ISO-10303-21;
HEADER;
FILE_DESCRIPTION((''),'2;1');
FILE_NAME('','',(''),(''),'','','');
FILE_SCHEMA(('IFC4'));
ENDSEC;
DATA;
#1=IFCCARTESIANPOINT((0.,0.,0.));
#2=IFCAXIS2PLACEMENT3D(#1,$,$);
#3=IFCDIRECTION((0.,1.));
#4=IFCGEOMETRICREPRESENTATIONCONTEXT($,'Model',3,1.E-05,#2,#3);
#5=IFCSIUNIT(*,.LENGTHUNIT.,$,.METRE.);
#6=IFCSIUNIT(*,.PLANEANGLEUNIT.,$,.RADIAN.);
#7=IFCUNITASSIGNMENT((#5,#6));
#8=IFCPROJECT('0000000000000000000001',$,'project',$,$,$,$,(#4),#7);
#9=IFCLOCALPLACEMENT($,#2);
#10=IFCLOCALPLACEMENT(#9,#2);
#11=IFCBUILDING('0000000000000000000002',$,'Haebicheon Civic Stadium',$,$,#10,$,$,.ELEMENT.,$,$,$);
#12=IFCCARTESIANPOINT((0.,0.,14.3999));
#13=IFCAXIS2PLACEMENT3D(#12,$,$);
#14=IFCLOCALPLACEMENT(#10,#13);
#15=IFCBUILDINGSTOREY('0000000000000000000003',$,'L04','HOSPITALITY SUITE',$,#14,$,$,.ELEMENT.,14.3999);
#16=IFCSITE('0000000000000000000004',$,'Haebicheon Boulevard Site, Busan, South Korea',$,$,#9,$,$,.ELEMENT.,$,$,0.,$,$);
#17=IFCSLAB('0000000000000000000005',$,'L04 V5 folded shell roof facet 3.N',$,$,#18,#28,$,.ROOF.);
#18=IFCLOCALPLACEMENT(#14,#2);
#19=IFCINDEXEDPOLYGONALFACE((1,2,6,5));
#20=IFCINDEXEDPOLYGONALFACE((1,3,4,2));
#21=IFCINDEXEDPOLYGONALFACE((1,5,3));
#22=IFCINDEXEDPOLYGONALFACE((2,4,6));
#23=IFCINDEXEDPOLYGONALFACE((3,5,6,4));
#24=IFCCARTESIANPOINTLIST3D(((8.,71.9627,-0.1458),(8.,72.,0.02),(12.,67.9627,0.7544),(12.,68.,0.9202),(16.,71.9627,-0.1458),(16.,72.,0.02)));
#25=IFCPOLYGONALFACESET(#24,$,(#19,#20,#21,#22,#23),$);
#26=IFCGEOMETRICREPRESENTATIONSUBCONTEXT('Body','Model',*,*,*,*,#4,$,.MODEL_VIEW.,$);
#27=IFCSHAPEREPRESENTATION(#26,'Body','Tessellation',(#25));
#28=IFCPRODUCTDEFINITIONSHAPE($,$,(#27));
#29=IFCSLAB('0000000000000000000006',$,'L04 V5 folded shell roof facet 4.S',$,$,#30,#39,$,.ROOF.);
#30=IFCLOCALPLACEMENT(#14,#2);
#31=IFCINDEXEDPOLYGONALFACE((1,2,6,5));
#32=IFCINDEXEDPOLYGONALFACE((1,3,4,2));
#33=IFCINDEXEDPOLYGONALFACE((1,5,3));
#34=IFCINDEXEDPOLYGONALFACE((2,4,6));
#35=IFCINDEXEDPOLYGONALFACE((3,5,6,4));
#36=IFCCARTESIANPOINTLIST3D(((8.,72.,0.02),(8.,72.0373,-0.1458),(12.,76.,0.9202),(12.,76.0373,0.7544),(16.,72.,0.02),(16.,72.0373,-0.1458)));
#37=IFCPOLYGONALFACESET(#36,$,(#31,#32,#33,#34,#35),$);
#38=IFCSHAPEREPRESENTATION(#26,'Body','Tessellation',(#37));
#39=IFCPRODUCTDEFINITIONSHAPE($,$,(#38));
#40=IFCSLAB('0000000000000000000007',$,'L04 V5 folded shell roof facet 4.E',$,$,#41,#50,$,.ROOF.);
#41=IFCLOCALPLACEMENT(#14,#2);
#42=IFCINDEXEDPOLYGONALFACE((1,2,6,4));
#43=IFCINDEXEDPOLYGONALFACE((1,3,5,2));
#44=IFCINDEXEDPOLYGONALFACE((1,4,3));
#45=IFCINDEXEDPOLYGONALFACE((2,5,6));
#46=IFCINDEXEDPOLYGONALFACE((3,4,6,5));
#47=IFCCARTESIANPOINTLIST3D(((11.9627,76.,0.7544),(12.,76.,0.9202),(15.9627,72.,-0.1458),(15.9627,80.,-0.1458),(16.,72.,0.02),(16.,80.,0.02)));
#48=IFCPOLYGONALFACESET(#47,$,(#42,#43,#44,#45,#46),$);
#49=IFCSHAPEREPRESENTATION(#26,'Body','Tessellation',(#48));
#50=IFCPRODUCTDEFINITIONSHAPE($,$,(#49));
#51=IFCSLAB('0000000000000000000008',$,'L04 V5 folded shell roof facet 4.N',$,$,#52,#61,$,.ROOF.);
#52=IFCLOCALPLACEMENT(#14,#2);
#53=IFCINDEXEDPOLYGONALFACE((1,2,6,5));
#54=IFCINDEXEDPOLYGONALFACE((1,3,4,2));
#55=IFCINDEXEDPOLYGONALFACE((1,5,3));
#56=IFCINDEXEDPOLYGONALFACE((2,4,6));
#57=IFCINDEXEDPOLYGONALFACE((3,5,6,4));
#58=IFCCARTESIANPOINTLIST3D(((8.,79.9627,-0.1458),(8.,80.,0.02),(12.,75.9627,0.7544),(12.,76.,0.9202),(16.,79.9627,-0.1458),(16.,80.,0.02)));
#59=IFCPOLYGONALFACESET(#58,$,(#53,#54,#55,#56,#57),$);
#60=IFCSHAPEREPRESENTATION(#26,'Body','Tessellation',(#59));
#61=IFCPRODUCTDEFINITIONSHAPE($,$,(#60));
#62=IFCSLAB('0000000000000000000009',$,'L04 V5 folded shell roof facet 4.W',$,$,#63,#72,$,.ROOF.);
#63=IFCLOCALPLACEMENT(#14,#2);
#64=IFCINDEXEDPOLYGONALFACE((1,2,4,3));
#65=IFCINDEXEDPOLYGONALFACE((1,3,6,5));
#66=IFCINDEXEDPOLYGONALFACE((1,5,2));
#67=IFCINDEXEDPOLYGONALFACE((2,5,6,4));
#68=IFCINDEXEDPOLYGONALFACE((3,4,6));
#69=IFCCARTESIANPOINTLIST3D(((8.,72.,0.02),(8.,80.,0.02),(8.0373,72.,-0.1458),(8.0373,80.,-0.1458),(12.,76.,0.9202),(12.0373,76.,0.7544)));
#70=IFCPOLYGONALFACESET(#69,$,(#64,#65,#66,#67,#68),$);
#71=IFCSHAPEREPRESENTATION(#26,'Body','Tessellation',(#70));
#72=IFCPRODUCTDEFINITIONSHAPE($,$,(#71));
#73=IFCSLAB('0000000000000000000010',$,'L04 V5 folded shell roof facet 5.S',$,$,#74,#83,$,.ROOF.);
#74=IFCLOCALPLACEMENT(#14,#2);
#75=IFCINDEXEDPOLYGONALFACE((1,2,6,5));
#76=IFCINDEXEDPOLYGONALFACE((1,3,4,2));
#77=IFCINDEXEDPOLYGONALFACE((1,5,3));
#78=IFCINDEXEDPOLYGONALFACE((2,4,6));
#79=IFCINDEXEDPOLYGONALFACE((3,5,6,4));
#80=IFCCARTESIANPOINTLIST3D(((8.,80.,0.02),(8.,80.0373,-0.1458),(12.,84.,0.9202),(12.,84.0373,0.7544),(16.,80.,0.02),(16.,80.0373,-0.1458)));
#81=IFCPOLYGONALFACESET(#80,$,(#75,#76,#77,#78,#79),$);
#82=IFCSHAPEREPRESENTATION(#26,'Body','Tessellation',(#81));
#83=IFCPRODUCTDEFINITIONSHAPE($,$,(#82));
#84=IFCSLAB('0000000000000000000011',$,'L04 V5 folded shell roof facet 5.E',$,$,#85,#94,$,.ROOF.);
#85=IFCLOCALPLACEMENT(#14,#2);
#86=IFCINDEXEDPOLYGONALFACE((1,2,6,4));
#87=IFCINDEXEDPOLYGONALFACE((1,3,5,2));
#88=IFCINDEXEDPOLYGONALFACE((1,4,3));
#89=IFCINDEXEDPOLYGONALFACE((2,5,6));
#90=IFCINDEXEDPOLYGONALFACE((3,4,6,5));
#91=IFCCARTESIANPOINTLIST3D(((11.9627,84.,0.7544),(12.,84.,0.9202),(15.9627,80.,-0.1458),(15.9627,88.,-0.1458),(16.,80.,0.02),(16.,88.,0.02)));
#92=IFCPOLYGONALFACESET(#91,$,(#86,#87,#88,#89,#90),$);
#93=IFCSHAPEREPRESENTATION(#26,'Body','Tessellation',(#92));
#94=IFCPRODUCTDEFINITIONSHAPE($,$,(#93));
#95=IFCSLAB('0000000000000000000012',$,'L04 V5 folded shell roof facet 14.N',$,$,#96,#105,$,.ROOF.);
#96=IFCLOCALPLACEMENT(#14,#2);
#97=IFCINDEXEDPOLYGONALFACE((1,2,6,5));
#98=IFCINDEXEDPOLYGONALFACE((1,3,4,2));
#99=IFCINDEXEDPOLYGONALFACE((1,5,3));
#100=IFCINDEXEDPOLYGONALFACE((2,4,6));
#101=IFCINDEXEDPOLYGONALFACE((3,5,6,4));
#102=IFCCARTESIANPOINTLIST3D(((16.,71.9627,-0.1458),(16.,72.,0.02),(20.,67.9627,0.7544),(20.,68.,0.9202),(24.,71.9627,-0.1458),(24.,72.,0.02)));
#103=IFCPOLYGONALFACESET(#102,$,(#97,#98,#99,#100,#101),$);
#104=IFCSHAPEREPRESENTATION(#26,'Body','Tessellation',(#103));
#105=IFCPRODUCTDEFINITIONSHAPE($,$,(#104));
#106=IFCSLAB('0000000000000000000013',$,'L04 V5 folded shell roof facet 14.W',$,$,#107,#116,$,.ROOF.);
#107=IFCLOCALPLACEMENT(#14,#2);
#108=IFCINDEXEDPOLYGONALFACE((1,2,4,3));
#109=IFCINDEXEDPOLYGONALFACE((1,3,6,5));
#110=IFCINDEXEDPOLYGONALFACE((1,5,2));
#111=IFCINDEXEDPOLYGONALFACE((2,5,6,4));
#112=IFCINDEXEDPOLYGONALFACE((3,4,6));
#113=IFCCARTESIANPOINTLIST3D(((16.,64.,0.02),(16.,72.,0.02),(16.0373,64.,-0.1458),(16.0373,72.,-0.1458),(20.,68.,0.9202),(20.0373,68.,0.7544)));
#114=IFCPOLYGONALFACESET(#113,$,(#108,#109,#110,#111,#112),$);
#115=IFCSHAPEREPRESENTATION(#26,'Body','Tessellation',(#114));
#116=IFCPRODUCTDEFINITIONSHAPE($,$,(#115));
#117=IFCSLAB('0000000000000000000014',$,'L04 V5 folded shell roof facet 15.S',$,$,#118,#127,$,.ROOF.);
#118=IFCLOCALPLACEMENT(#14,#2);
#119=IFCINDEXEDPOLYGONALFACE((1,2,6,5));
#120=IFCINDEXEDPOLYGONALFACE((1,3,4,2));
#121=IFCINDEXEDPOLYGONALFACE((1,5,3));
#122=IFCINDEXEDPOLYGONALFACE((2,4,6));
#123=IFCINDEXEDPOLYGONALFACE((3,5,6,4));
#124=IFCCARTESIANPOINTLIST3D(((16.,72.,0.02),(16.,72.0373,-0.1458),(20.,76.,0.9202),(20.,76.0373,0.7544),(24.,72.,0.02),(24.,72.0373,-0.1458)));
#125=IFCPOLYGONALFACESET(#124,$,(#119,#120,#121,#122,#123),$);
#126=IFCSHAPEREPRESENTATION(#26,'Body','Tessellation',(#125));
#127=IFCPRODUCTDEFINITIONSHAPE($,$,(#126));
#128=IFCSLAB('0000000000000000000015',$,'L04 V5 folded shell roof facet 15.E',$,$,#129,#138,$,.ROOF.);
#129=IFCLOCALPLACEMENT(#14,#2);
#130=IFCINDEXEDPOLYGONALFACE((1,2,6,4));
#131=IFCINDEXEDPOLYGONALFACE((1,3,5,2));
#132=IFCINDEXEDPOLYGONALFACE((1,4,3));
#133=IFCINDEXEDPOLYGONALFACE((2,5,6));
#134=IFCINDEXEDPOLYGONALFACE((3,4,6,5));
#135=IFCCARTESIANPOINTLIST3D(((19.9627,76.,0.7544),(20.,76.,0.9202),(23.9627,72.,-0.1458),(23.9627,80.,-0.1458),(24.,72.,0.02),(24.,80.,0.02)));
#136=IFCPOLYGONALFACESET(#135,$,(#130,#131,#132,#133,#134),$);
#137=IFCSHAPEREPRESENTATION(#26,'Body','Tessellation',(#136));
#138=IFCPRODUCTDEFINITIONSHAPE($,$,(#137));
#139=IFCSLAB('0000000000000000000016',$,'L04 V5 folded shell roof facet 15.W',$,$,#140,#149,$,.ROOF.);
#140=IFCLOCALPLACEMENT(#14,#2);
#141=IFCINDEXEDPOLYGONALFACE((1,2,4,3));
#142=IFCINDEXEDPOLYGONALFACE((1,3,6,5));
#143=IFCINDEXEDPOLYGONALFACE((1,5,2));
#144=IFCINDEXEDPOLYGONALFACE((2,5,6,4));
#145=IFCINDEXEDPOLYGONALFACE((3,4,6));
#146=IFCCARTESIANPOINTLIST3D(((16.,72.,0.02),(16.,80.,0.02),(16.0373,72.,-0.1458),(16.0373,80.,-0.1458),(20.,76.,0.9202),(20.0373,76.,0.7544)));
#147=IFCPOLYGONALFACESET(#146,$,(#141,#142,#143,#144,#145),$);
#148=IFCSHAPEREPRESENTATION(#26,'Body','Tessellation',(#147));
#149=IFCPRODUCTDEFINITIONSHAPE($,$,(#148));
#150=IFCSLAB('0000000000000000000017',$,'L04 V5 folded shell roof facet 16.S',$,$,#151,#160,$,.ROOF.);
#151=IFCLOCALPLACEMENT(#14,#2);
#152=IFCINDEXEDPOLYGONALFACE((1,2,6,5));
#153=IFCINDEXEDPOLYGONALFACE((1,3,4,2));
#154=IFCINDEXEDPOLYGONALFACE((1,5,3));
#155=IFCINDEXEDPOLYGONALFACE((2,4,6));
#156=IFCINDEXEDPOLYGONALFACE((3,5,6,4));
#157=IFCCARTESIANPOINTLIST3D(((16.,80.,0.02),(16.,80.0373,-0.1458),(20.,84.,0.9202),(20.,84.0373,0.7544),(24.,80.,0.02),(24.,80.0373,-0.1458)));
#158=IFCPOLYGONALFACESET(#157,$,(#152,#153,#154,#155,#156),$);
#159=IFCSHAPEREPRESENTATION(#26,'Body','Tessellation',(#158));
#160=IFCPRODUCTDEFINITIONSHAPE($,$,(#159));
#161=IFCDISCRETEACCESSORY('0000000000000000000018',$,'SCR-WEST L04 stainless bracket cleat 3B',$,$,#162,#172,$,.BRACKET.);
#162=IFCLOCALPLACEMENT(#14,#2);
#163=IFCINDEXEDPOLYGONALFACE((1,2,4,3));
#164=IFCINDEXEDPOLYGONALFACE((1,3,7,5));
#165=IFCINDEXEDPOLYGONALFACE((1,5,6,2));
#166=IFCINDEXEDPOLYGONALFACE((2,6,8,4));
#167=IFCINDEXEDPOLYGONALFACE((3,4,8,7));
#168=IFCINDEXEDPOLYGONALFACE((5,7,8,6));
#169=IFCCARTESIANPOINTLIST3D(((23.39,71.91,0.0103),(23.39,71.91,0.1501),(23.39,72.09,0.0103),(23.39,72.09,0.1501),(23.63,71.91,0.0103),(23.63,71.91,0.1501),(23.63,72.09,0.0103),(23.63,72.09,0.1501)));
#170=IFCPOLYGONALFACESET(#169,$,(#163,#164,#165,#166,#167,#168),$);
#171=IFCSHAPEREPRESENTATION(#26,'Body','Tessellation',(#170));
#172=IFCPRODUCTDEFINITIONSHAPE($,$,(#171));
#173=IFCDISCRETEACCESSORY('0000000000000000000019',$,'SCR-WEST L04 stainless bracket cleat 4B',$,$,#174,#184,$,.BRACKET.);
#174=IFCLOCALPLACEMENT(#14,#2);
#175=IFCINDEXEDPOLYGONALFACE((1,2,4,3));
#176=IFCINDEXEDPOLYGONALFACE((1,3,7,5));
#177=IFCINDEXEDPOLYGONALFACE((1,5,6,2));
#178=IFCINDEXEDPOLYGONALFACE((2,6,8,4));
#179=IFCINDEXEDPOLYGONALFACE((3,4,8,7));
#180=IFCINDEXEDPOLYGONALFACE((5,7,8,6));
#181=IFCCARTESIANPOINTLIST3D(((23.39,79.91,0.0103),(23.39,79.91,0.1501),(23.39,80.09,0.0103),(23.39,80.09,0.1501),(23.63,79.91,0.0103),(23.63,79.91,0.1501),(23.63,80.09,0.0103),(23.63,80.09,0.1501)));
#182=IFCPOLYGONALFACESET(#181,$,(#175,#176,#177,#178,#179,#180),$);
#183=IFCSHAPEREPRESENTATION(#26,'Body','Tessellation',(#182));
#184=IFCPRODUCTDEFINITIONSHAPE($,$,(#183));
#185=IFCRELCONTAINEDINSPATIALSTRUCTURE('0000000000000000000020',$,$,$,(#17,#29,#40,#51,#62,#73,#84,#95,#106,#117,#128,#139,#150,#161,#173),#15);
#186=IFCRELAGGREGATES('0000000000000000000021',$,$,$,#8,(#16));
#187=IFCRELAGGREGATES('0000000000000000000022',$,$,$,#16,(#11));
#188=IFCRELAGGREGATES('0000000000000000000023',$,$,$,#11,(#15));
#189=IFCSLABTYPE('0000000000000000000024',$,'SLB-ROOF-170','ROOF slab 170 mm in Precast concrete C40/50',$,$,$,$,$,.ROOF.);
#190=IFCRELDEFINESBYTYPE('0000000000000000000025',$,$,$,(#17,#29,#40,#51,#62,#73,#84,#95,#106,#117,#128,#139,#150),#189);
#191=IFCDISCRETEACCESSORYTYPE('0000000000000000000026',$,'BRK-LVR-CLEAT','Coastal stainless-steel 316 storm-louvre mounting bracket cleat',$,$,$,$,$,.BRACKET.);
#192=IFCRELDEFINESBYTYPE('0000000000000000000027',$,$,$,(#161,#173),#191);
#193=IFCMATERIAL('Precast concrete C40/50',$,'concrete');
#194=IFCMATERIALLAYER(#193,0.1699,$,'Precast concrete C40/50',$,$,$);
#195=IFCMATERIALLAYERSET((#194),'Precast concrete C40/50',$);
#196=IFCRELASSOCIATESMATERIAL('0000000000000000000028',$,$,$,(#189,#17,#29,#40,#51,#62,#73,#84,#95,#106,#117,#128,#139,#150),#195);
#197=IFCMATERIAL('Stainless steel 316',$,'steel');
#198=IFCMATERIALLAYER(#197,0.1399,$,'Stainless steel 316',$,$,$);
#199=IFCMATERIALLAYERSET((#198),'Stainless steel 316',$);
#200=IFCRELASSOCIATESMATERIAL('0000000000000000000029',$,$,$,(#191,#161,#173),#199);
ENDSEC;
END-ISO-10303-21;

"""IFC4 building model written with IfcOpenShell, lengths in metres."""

from ifc_helpers import new_model, si_unit, direction, frame, origin, origin_2d, place, context, subcontext, project, spatial, polyline, rectangle, outline, extrude, material, layer, layer_set, type_object, element, save


model = new_model("IFC4")

# Units and contexts
model_context = context("Model", 3, precision=1e-05, world=origin(), true_north=direction((0.0, 1.0)))
body_context = subcontext(model_context, "Body", "Model", "MODEL_VIEW")
ifc_project = project(units=[si_unit("LENGTHUNIT", "METRE"), si_unit("PLANEANGLEUNIT", "RADIAN")], contexts=[model_context])

# Site, building, storey
site_placement = place(None, origin())
site = spatial("IfcSite", under=ifc_project, at=site_placement, Name="Haebicheon Boulevard Site, Busan, South Korea", CompositionType="ELEMENT", RefElevation=0.0)
building_placement = place(site_placement, origin())
building = spatial("IfcBuilding", under=site, at=building_placement, Name="Haebicheon Civic Stadium", CompositionType="ELEMENT")
storey_placement = place(building_placement, frame((0.0, 0.0, 14.3999)))
storey = spatial("IfcBuildingStorey", under=building, at=storey_placement, Name="L04", Description="HOSPITALITY SUITE", CompositionType="ELEMENT", Elevation=14.3999)

# Slabs
ifc_material_1 = material(Name="Precast concrete C40/50", Category="concrete")
ifc_layer_1 = layer(ifc_material_1, 0.1699, Name="Precast concrete C40/50")
ifc_layer_set_1 = layer_set([ifc_layer_1], Name="Precast concrete C40/50")
slab_type = type_object("IfcSlabType", Name="SLB-ROOF-170", Description="ROOF slab 170 mm in Precast concrete C40/50", PredefinedType="ROOF", material=ifc_layer_set_1)
for number, where, z_axis, x_axis, name in (
    (1, (16.0, 72.0, 0.02), (0.0, 0.219546, 0.975602), (-1.0, 0.0, 0.0), "L04 V5 folded shell roof facet 3.N"),
    (2, (8.0, 72.0, 0.02), (0.0, -0.219546, 0.975602), (1.0, 0.0, 0.0), "L04 V5 folded shell roof facet 4.S"),
    (3, (16.0, 72.0, 0.02), (0.219546, 0.0, 0.975602), (0.0, 1.0, 0.0), "L04 V5 folded shell roof facet 4.E"),
    (4, (16.0, 80.0, 0.02), (0.0, 0.219546, 0.975602), (-1.0, 0.0, 0.0), "L04 V5 folded shell roof facet 4.N"),
    (5, (8.0, 80.0, 0.02), (-0.219546, 0.0, 0.975602), (0.0, -1.0, 0.0), "L04 V5 folded shell roof facet 4.W"),
    (6, (8.0, 80.0, 0.02), (0.0, -0.219546, 0.975602), (1.0, 0.0, 0.0), "L04 V5 folded shell roof facet 5.S"),
    (7, (16.0, 80.0, 0.02), (0.219546, 0.0, 0.975602), (0.0, 1.0, 0.0), "L04 V5 folded shell roof facet 5.E"),
    (8, (24.0, 72.0, 0.02), (0.0, 0.219546, 0.975602), (-1.0, 0.0, 0.0), "L04 V5 folded shell roof facet 14.N"),
    (9, (16.0, 72.0, 0.02), (-0.219546, 0.0, 0.975602), (0.0, -1.0, 0.0), "L04 V5 folded shell roof facet 14.W"),
    (10, (16.0, 72.0, 0.02), (0.0, -0.219546, 0.975602), (1.0, 0.0, 0.0), "L04 V5 folded shell roof facet 15.S"),
    (11, (24.0, 72.0, 0.02), (0.219546, 0.0, 0.975602), (0.0, 1.0, 0.0), "L04 V5 folded shell roof facet 15.E"),
    (12, (16.0, 80.0, 0.02), (-0.219546, 0.0, 0.975602), (0.0, -1.0, 0.0), "L04 V5 folded shell roof facet 15.W"),
    (13, (16.0, 80.0, 0.02), (0.0, -0.219546, 0.975602), (1.0, 0.0, 0.0), "L04 V5 folded shell roof facet 16.S"),
):
    element("IfcSlab", number, at=place(storey_placement, frame(where, z_axis=z_axis, x_axis=x_axis)), inside=storey, type_object=slab_type, material=ifc_layer_set_1, Name=name, PredefinedType="ROOF", context=body_context, shape_type="SweptSolid", body=[
        extrude(outline(polyline([(0.0, 0.0), (8.0, 0.0), (4.0, 4.1), (0.0, 0.0)])), origin(), (0.0, 0.0, -1.0), 0.1699),
    ])

# Discrete accessories
ifc_material_2 = material(Name="Stainless steel 316", Category="steel")
ifc_layer_2 = layer(ifc_material_2, 0.1399, Name="Stainless steel 316")
ifc_layer_set_2 = layer_set([ifc_layer_2], Name="Stainless steel 316")
discrete_accessory_type = type_object("IfcDiscreteAccessoryType", Name="BRK-LVR-CLEAT", Description="Coastal stainless-steel 316 storm-louvre mounting bracket cleat", PredefinedType="BRACKET", material=ifc_layer_set_2)
for number, where, z_axis, x_axis, name in (
    (14, (23.51, 72.0, 0.0103), (0.0, 0.0, 1.0), (1.0, 0.0, 0.0), "SCR-WEST L04 stainless bracket cleat 3B"),
    (15, (23.51, 80.0, 0.0103), (0.0, 0.0, 1.0), (1.0, 0.0, 0.0), "SCR-WEST L04 stainless bracket cleat 4B"),
):
    element("IfcDiscreteAccessory", number, at=place(storey_placement, frame(where, z_axis=z_axis, x_axis=x_axis)), inside=storey, type_object=discrete_accessory_type, material=ifc_layer_set_2, Name=name, PredefinedType="BRACKET", context=body_context, shape_type="SweptSolid", body=[
        extrude(rectangle(XDim=0.24, YDim=0.1799, at=origin_2d()), origin(), (0.0, 0.0, 1.0), 0.1399),
    ])

save(model, "model.ifc")
